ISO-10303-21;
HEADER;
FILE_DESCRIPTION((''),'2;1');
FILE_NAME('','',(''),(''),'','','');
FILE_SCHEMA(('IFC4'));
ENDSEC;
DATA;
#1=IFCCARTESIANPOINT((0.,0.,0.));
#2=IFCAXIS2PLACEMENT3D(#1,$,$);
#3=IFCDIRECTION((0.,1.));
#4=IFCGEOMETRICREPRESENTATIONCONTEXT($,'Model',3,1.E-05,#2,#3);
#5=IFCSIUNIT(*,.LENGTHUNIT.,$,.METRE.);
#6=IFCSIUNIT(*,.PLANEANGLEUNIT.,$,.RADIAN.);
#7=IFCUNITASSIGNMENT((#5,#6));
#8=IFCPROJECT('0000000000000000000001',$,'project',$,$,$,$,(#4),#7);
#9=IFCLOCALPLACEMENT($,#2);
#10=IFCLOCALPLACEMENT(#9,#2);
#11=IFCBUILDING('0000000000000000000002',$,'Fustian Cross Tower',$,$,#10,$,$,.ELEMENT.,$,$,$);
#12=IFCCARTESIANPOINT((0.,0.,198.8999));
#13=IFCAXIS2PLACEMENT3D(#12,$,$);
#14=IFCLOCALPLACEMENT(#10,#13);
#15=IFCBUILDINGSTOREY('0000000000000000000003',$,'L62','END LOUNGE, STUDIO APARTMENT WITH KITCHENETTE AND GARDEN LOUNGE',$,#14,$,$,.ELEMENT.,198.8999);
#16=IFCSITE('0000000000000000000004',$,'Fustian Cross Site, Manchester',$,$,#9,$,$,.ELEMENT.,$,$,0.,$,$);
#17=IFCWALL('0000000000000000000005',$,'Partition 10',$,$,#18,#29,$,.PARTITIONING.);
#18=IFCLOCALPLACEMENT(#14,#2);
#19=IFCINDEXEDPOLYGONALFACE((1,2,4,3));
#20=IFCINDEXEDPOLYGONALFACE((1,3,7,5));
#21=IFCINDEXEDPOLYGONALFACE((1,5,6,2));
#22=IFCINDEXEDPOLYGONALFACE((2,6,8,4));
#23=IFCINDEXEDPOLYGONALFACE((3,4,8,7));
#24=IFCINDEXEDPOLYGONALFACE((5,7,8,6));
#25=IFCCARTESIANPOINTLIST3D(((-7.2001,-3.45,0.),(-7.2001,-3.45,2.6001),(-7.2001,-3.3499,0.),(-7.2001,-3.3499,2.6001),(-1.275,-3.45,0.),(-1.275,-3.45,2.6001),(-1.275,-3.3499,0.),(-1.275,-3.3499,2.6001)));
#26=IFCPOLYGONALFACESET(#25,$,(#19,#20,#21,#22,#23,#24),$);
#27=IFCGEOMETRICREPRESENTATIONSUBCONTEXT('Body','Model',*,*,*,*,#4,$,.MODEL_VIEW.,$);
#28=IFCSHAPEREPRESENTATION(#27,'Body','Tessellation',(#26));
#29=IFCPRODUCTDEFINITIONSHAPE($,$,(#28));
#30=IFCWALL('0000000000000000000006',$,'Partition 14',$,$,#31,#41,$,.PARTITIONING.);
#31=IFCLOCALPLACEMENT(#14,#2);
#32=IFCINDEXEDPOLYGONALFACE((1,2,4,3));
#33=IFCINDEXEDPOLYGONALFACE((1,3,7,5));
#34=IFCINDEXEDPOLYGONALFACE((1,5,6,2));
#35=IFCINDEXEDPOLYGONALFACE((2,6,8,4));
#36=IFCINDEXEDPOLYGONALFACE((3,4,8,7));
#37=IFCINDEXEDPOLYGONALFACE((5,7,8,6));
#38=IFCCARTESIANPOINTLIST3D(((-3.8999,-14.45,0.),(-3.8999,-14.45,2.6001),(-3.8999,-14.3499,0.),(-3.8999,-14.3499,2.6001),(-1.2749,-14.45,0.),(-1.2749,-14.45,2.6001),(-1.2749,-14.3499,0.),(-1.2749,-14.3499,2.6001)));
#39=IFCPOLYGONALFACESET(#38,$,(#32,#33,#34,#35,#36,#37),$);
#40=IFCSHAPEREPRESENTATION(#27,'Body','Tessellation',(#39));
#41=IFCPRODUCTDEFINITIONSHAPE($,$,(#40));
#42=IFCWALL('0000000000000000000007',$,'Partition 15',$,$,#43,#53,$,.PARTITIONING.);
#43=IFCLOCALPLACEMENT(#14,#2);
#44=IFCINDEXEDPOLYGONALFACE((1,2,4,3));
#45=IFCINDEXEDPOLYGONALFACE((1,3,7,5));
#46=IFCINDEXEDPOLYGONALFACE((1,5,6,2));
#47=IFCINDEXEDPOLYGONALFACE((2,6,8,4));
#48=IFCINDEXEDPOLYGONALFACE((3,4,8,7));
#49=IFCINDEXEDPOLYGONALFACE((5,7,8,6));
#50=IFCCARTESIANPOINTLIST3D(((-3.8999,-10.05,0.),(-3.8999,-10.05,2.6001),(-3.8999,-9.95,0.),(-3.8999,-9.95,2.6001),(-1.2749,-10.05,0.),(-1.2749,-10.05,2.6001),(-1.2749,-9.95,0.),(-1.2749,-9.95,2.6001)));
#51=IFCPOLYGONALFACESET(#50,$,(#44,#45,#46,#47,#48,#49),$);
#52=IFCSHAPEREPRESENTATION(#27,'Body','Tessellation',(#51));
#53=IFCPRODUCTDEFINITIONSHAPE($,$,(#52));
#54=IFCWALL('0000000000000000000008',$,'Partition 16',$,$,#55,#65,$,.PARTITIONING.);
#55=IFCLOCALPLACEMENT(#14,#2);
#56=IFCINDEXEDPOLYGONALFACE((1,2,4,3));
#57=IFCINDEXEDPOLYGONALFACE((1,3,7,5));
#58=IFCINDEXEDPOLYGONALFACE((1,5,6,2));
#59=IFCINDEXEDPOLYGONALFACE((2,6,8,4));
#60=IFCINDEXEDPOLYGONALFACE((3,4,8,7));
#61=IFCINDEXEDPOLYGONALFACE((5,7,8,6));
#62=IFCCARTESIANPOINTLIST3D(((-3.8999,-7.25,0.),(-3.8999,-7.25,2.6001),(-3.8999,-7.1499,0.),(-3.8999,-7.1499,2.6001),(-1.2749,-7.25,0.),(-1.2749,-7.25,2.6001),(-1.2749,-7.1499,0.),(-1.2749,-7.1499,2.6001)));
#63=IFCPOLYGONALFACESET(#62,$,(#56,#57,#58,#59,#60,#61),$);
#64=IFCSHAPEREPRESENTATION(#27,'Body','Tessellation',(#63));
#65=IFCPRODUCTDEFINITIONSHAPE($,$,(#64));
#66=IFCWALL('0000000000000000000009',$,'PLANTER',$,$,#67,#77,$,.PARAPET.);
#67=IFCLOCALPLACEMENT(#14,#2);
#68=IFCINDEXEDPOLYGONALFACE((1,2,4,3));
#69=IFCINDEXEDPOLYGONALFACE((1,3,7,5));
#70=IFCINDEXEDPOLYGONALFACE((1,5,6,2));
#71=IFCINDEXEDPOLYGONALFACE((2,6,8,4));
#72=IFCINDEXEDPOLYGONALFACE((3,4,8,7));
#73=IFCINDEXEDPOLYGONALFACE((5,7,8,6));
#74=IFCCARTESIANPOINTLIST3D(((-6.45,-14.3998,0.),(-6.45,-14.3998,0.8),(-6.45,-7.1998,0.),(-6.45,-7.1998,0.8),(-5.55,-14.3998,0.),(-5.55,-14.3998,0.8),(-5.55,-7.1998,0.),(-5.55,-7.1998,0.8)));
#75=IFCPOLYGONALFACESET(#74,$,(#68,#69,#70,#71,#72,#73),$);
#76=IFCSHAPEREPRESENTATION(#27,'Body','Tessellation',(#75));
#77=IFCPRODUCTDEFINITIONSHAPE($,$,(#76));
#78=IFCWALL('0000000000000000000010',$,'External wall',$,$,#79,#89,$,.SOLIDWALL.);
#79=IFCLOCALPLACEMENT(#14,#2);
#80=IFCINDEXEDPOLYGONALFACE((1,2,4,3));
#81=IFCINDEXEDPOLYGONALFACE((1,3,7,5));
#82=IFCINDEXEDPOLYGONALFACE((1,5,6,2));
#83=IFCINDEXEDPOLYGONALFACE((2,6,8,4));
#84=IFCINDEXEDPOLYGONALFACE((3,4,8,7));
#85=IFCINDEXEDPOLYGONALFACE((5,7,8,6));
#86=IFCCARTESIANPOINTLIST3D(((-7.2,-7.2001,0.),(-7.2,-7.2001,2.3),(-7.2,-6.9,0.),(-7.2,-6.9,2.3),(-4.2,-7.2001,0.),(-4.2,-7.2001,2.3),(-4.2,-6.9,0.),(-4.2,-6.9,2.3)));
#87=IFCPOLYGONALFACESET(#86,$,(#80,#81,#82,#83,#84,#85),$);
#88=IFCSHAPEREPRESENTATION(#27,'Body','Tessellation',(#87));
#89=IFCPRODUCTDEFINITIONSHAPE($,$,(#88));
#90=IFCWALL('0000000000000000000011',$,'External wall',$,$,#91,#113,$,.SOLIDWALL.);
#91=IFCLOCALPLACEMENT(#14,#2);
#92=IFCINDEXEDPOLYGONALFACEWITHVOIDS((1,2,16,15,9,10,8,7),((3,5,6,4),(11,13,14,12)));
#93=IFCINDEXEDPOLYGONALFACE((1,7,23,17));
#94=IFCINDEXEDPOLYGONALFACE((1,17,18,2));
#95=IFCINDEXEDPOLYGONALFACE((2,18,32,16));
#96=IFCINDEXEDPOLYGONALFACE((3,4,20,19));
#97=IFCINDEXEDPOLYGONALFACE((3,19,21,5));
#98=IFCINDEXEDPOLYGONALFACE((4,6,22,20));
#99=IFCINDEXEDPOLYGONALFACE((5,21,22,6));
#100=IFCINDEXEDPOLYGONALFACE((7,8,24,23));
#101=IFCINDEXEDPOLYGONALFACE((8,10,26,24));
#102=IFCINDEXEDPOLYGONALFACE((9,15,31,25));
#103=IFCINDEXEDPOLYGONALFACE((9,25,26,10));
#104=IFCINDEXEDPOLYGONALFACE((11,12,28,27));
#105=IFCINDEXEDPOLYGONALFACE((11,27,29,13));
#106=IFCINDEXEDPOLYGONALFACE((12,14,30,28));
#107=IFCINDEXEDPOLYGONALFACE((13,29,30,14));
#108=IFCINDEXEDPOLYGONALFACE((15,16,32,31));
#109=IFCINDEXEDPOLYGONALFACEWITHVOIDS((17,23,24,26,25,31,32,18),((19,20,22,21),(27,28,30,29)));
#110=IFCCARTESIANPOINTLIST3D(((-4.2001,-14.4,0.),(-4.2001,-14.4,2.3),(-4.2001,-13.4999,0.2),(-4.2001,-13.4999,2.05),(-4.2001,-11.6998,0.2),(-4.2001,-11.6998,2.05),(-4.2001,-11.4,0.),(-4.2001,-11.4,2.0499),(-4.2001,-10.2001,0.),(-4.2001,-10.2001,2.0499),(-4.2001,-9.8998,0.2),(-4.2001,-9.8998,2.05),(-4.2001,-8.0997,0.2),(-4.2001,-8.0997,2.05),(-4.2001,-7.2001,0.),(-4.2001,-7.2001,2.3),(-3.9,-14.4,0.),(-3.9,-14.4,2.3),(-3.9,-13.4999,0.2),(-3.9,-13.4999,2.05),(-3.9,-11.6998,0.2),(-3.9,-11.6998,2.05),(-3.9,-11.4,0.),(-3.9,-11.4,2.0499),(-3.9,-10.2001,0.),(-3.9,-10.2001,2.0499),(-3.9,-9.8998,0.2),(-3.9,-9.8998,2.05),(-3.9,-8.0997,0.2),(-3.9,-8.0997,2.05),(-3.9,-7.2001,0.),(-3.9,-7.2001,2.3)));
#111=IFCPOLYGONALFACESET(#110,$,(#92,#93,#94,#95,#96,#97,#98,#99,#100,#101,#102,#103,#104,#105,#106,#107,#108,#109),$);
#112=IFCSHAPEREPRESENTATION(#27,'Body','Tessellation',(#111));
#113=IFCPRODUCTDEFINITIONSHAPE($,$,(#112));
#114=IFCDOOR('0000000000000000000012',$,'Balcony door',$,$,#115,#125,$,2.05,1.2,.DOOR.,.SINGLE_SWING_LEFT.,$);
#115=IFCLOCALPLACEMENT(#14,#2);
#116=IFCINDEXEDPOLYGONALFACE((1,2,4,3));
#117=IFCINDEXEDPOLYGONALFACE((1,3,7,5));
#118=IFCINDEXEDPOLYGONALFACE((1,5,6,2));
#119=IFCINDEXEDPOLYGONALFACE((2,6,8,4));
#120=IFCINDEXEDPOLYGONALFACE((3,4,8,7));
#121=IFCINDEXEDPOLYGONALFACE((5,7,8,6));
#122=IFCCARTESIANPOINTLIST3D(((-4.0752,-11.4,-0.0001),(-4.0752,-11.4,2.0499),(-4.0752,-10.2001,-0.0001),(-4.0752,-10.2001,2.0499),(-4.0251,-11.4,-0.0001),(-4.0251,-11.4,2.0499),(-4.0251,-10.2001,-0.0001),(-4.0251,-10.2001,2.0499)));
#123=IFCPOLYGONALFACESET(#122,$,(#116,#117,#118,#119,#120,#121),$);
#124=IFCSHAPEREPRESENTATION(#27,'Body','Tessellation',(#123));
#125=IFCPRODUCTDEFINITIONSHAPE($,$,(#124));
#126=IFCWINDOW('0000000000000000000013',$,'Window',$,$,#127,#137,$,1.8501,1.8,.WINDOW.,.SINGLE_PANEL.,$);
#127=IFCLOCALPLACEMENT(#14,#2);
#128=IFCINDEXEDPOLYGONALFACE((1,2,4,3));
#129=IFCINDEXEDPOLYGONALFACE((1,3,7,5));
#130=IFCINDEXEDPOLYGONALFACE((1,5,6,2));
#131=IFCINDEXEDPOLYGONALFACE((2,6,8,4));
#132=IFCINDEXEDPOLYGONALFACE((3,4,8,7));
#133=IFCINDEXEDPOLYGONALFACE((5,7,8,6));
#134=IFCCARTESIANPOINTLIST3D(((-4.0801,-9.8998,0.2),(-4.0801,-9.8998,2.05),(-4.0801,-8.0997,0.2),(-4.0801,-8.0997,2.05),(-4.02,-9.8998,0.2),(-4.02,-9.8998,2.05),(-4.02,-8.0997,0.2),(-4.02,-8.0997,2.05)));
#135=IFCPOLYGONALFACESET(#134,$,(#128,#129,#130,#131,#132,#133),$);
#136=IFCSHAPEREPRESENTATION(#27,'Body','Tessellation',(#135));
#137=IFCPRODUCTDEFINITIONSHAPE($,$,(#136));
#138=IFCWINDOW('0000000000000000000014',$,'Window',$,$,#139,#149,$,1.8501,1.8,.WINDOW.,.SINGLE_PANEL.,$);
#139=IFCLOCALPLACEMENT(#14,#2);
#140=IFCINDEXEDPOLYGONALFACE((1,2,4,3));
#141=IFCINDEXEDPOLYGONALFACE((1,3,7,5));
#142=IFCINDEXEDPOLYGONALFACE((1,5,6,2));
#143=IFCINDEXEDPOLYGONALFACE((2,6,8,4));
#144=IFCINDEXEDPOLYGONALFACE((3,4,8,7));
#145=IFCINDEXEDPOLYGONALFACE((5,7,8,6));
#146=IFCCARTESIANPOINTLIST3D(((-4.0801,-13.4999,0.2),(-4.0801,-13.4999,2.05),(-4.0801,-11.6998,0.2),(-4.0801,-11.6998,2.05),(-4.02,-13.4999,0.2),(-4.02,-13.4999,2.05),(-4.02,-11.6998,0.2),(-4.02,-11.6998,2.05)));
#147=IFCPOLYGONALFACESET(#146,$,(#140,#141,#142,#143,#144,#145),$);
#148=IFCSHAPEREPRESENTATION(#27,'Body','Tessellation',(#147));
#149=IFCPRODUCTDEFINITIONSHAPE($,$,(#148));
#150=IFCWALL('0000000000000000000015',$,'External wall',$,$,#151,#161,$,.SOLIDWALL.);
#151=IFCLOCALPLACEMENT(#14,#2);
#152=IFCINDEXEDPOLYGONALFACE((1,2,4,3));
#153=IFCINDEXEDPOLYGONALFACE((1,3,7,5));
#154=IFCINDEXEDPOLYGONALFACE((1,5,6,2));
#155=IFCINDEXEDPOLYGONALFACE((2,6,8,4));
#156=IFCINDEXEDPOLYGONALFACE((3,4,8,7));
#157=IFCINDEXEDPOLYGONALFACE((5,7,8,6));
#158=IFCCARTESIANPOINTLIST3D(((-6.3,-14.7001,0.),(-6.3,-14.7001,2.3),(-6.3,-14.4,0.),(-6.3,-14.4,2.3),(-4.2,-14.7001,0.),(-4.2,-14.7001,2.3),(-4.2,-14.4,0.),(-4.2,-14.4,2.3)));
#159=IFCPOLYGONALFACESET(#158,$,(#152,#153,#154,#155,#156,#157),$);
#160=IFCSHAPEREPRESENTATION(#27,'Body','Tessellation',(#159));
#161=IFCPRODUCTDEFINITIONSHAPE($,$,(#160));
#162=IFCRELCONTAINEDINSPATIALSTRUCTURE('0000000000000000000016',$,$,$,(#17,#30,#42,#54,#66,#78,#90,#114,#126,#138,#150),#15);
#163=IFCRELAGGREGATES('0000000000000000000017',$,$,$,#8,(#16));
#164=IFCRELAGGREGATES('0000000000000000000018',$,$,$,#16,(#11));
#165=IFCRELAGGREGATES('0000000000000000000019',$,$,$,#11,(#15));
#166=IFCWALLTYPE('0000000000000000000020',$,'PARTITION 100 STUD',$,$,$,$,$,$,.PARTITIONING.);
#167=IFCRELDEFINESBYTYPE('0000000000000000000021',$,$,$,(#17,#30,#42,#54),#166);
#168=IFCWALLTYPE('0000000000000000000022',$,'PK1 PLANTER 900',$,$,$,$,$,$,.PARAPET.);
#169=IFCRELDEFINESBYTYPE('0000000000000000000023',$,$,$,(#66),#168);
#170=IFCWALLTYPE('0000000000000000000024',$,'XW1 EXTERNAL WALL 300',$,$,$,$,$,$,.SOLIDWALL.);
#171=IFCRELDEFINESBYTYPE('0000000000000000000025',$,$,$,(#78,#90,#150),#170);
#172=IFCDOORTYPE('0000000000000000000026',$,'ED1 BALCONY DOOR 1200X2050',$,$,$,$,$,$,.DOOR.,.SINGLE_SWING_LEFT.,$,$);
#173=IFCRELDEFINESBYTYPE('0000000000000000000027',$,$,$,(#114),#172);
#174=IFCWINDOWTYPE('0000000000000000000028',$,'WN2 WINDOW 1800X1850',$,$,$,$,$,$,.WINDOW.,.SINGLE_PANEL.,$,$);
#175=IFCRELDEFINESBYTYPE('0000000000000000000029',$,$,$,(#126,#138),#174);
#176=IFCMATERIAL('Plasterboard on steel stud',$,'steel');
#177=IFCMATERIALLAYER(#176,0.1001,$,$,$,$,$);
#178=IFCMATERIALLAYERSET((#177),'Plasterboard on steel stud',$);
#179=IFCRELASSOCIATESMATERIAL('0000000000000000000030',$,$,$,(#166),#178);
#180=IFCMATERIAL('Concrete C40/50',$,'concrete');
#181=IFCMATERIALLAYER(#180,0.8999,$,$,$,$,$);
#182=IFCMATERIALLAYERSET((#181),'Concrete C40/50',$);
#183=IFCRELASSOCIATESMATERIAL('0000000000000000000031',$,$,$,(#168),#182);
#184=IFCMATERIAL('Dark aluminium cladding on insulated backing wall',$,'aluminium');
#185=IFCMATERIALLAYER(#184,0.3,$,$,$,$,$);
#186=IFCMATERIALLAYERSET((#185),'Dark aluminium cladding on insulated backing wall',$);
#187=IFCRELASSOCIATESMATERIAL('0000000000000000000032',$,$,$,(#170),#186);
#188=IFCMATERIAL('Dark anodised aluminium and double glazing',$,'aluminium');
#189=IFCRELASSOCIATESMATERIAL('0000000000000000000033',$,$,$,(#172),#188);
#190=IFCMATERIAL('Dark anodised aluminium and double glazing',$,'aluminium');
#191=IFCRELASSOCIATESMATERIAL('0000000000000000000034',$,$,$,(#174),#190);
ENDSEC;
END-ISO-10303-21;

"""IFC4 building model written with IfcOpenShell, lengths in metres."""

from ifc_helpers import new_model, si_unit, direction, frame, frame_2d, origin, place, context, subcontext, project, spatial, rectangle, extrude, material, layer, layer_set, type_object, element, fill, save


model = new_model("IFC4")

# Units and contexts
model_context = context("Model", 3, precision=1e-05, world=origin(), true_north=direction((0.0, 1.0)))
body_context = subcontext(model_context, "Body", "Model", "MODEL_VIEW")
ifc_project = project(units=[si_unit("LENGTHUNIT", "METRE"), si_unit("PLANEANGLEUNIT", "RADIAN")], contexts=[model_context])

# Site, building, storey
site_placement = place(None, origin())
site = spatial("IfcSite", under=ifc_project, at=site_placement, Name="Fustian Cross Site, Manchester", CompositionType="ELEMENT", RefElevation=0.0)
building_placement = place(site_placement, origin())
building = spatial("IfcBuilding", under=site, at=building_placement, Name="Fustian Cross Tower", CompositionType="ELEMENT")
storey_placement = place(building_placement, frame((0.0, 0.0, 198.8999)))
storey = spatial("IfcBuildingStorey", under=building, at=storey_placement, Name="L62", Description="END LOUNGE, STUDIO APARTMENT WITH KITCHENETTE AND GARDEN LOUNGE", CompositionType="ELEMENT", Elevation=198.8999)

# Walls
ifc_material_1 = material(Name="Plasterboard on steel stud", Category="steel")
ifc_layer_1 = layer(ifc_material_1, 0.1001)
ifc_layer_set_1 = layer_set([ifc_layer_1], Name="Plasterboard on steel stud")
wall_type_1 = type_object("IfcWallType", Name="PARTITION 100 STUD", PredefinedType="PARTITIONING", material=ifc_layer_set_1)
wall_1_placement = place(storey_placement, frame((-7.2, -3.3999, 0.0), z_axis=(0.0, 0.0, 1.0), x_axis=(1.0, 0.0, 0.0)))
element("IfcWall", 1, at=wall_1_placement, inside=storey, type_object=wall_type_1, Name="Partition 10", PredefinedType="PARTITIONING", context=body_context, shape_type="SweptSolid", body=[
    extrude(rectangle(XDim=5.925, YDim=0.1001, at=frame_2d((2.9624, 0.0))), origin(), (0.0, 0.0, 1.0), 2.6001),
])
for number, where, z_axis, x_axis, name in (
    (2, (-3.8999, -14.3999, 0.0), (0.0, 0.0, 1.0), (1.0, 0.0, 0.0), "Partition 14"),
    (3, (-3.8999, -10.0, 0.0), (0.0, 0.0, 1.0), (1.0, 0.0, 0.0), "Partition 15"),
    (4, (-3.8999, -7.2, 0.0), (0.0, 0.0, 1.0), (1.0, 0.0, 0.0), "Partition 16"),
):
    element("IfcWall", number, at=place(storey_placement, frame(where, z_axis=z_axis, x_axis=x_axis)), inside=storey, type_object=wall_type_1, Name=name, PredefinedType="PARTITIONING", context=body_context, shape_type="SweptSolid", body=[
        extrude(rectangle(XDim=2.625, YDim=0.1001, at=frame_2d((1.3125, 0.0))), origin(), (0.0, 0.0, 1.0), 2.6001),
    ])
ifc_material_2 = material(Name="Concrete C40/50", Category="concrete")
ifc_layer_2 = layer(ifc_material_2, 0.8999)
ifc_layer_set_2 = layer_set([ifc_layer_2], Name="Concrete C40/50")
wall_type_2 = type_object("IfcWallType", Name="PK1 PLANTER 900", PredefinedType="PARAPET", material=ifc_layer_set_2)
wall_2_placement = place(storey_placement, frame((-6.0, -14.3999, 0.0), z_axis=(0.0, 0.0, 1.0), x_axis=(0.0, 1.0, 0.0)))
element("IfcWall", 5, at=wall_2_placement, inside=storey, type_object=wall_type_2, Name="PLANTER", PredefinedType="PARAPET", context=body_context, shape_type="SweptSolid", body=[
    extrude(rectangle(XDim=7.2, YDim=0.8999, at=frame_2d((3.6001, 0.0))), origin(), (0.0, 0.0, 1.0), 0.8),
])
ifc_material_3 = material(Name="Dark aluminium cladding on insulated backing wall", Category="aluminium")
ifc_layer_3 = layer(ifc_material_3, 0.3)
ifc_layer_set_3 = layer_set([ifc_layer_3], Name="Dark aluminium cladding on insulated backing wall")
wall_type_3 = type_object("IfcWallType", Name="XW1 EXTERNAL WALL 300", PredefinedType="SOLIDWALL", material=ifc_layer_set_3)
wall_3_placement = place(storey_placement, frame((-7.2, -7.05, 0.0), z_axis=(0.0, 0.0, 1.0), x_axis=(1.0, 0.0, 0.0)))
element("IfcWall", 6, at=wall_3_placement, inside=storey, type_object=wall_type_3, Name="External wall", PredefinedType="SOLIDWALL", context=body_context, shape_type="SweptSolid", body=[
    extrude(rectangle(XDim=3.0, YDim=0.3, at=frame_2d((1.5, 0.0))), origin(), (0.0, 0.0, 1.0), 2.3),
])

# Wall, openings, door, windows
wall_4_placement = place(storey_placement, frame((-4.05, -7.2, 0.0), z_axis=(0.0, 0.0, 1.0), x_axis=(0.0, -1.0, 0.0)))
wall_4 = element("IfcWall", 7, at=wall_4_placement, inside=storey, type_object=wall_type_3, Name="External wall", PredefinedType="SOLIDWALL", context=body_context, shape_type="SweptSolid", body=[
    extrude(rectangle(XDim=7.2, YDim=0.3, at=frame_2d((3.6001, 0.0))), origin(), (0.0, 0.0, 1.0), 2.3),
])
opening_1_placement = place(wall_4_placement, frame((3.0, 0.0, 0.0)))
opening_1 = element("IfcOpeningElement", 8, at=opening_1_placement, cuts=wall_4, PredefinedType="OPENING", context=body_context, shape_type="SweptSolid", body=[
    extrude(rectangle(XDim=1.2, YDim=2.05, at=frame_2d((0.6001, 1.0249))), frame((0.0, 0.1599, 0.0), z_axis=(0.0, -1.0, 0.0), x_axis=(1.0, 0.0, 0.0)), (0.0, 0.0, 1.0), 0.3201),
])
opening_2_placement = place(wall_4_placement, frame((0.8999, 0.0, 0.2)))
opening_2 = element("IfcOpeningElement", 9, at=opening_2_placement, cuts=wall_4, PredefinedType="OPENING", context=body_context, shape_type="SweptSolid", body=[
    extrude(rectangle(XDim=1.8, YDim=1.8501, at=frame_2d((0.8999, 0.925))), frame((0.0, 0.1599, 0.0), z_axis=(0.0, -1.0, 0.0), x_axis=(1.0, 0.0, 0.0)), (0.0, 0.0, 1.0), 0.3201),
])
opening_3_placement = place(wall_4_placement, frame((4.5, 0.0, 0.2)))
opening_3 = element("IfcOpeningElement", 10, at=opening_3_placement, cuts=wall_4, PredefinedType="OPENING", context=body_context, shape_type="SweptSolid", body=[
    extrude(rectangle(XDim=1.8, YDim=1.8501, at=frame_2d((0.8999, 0.925))), frame((0.0, 0.1599, 0.0), z_axis=(0.0, -1.0, 0.0), x_axis=(1.0, 0.0, 0.0)), (0.0, 0.0, 1.0), 0.3201),
])
ifc_material_4 = material(Name="Dark anodised aluminium and double glazing", Category="aluminium")
door_type_1 = type_object("IfcDoorType", Name="ED1 BALCONY DOOR 1200X2050", OperationType="SINGLE_SWING_LEFT", PredefinedType="DOOR", material=ifc_material_4)
door_1_placement = place(opening_1_placement, origin())
door_1 = element("IfcDoor", 11, at=door_1_placement, inside=storey, type_object=door_type_1, Name="Balcony door", OperationType="SINGLE_SWING_LEFT", OverallHeight=2.05, OverallWidth=1.2, PredefinedType="DOOR", context=body_context, shape_type="SweptSolid", body=[
    extrude(rectangle(XDim=1.2, YDim=2.05, at=frame_2d((0.6001, 1.0249))), frame((0.0, 0.0249, 0.0), z_axis=(0.0, -1.0, 0.0), x_axis=(1.0, 0.0, 0.0)), (0.0, 0.0, 1.0), 0.05),
])
fill(opening_1, door_1)
ifc_material_5 = material(Name="Dark anodised aluminium and double glazing", Category="aluminium")
window_type = type_object("IfcWindowType", Name="WN2 WINDOW 1800X1850", PartitioningType="SINGLE_PANEL", PredefinedType="WINDOW", material=ifc_material_5)
window_1_placement = place(opening_2_placement, origin())
window_1 = element("IfcWindow", 12, at=window_1_placement, inside=storey, type_object=window_type, Name="Window", OverallHeight=1.8501, OverallWidth=1.8, PartitioningType="SINGLE_PANEL", PredefinedType="WINDOW", context=body_context, shape_type="SweptSolid", body=[
    extrude(rectangle(XDim=1.8, YDim=1.8501, at=frame_2d((0.8999, 0.925))), frame((0.0, 0.03, 0.0), z_axis=(0.0, -1.0, 0.0), x_axis=(1.0, 0.0, 0.0)), (0.0, 0.0, 1.0), 0.0601),
])
fill(opening_2, window_1)
window_2_placement = place(opening_3_placement, origin())
window_2 = element("IfcWindow", 13, at=window_2_placement, inside=storey, type_object=window_type, Name="Window", OverallHeight=1.8501, OverallWidth=1.8, PartitioningType="SINGLE_PANEL", PredefinedType="WINDOW", context=body_context, shape_type="SweptSolid", body=[
    extrude(rectangle(XDim=1.8, YDim=1.8501, at=frame_2d((0.8999, 0.925))), frame((0.0, 0.03, 0.0), z_axis=(0.0, -1.0, 0.0), x_axis=(1.0, 0.0, 0.0)), (0.0, 0.0, 1.0), 0.0601),
])
fill(opening_3, window_2)

# Wall
wall_5_placement = place(storey_placement, frame((-4.2, -14.55, 0.0), z_axis=(0.0, 0.0, 1.0), x_axis=(-1.0, 0.0, 0.0)))
element("IfcWall", 14, at=wall_5_placement, inside=storey, type_object=wall_type_3, Name="External wall", PredefinedType="SOLIDWALL", context=body_context, shape_type="SweptSolid", body=[
    extrude(rectangle(XDim=2.1001, YDim=0.3, at=frame_2d((1.05, 0.0))), origin(), (0.0, 0.0, 1.0), 2.3),
])

save(model, "model.ifc")
